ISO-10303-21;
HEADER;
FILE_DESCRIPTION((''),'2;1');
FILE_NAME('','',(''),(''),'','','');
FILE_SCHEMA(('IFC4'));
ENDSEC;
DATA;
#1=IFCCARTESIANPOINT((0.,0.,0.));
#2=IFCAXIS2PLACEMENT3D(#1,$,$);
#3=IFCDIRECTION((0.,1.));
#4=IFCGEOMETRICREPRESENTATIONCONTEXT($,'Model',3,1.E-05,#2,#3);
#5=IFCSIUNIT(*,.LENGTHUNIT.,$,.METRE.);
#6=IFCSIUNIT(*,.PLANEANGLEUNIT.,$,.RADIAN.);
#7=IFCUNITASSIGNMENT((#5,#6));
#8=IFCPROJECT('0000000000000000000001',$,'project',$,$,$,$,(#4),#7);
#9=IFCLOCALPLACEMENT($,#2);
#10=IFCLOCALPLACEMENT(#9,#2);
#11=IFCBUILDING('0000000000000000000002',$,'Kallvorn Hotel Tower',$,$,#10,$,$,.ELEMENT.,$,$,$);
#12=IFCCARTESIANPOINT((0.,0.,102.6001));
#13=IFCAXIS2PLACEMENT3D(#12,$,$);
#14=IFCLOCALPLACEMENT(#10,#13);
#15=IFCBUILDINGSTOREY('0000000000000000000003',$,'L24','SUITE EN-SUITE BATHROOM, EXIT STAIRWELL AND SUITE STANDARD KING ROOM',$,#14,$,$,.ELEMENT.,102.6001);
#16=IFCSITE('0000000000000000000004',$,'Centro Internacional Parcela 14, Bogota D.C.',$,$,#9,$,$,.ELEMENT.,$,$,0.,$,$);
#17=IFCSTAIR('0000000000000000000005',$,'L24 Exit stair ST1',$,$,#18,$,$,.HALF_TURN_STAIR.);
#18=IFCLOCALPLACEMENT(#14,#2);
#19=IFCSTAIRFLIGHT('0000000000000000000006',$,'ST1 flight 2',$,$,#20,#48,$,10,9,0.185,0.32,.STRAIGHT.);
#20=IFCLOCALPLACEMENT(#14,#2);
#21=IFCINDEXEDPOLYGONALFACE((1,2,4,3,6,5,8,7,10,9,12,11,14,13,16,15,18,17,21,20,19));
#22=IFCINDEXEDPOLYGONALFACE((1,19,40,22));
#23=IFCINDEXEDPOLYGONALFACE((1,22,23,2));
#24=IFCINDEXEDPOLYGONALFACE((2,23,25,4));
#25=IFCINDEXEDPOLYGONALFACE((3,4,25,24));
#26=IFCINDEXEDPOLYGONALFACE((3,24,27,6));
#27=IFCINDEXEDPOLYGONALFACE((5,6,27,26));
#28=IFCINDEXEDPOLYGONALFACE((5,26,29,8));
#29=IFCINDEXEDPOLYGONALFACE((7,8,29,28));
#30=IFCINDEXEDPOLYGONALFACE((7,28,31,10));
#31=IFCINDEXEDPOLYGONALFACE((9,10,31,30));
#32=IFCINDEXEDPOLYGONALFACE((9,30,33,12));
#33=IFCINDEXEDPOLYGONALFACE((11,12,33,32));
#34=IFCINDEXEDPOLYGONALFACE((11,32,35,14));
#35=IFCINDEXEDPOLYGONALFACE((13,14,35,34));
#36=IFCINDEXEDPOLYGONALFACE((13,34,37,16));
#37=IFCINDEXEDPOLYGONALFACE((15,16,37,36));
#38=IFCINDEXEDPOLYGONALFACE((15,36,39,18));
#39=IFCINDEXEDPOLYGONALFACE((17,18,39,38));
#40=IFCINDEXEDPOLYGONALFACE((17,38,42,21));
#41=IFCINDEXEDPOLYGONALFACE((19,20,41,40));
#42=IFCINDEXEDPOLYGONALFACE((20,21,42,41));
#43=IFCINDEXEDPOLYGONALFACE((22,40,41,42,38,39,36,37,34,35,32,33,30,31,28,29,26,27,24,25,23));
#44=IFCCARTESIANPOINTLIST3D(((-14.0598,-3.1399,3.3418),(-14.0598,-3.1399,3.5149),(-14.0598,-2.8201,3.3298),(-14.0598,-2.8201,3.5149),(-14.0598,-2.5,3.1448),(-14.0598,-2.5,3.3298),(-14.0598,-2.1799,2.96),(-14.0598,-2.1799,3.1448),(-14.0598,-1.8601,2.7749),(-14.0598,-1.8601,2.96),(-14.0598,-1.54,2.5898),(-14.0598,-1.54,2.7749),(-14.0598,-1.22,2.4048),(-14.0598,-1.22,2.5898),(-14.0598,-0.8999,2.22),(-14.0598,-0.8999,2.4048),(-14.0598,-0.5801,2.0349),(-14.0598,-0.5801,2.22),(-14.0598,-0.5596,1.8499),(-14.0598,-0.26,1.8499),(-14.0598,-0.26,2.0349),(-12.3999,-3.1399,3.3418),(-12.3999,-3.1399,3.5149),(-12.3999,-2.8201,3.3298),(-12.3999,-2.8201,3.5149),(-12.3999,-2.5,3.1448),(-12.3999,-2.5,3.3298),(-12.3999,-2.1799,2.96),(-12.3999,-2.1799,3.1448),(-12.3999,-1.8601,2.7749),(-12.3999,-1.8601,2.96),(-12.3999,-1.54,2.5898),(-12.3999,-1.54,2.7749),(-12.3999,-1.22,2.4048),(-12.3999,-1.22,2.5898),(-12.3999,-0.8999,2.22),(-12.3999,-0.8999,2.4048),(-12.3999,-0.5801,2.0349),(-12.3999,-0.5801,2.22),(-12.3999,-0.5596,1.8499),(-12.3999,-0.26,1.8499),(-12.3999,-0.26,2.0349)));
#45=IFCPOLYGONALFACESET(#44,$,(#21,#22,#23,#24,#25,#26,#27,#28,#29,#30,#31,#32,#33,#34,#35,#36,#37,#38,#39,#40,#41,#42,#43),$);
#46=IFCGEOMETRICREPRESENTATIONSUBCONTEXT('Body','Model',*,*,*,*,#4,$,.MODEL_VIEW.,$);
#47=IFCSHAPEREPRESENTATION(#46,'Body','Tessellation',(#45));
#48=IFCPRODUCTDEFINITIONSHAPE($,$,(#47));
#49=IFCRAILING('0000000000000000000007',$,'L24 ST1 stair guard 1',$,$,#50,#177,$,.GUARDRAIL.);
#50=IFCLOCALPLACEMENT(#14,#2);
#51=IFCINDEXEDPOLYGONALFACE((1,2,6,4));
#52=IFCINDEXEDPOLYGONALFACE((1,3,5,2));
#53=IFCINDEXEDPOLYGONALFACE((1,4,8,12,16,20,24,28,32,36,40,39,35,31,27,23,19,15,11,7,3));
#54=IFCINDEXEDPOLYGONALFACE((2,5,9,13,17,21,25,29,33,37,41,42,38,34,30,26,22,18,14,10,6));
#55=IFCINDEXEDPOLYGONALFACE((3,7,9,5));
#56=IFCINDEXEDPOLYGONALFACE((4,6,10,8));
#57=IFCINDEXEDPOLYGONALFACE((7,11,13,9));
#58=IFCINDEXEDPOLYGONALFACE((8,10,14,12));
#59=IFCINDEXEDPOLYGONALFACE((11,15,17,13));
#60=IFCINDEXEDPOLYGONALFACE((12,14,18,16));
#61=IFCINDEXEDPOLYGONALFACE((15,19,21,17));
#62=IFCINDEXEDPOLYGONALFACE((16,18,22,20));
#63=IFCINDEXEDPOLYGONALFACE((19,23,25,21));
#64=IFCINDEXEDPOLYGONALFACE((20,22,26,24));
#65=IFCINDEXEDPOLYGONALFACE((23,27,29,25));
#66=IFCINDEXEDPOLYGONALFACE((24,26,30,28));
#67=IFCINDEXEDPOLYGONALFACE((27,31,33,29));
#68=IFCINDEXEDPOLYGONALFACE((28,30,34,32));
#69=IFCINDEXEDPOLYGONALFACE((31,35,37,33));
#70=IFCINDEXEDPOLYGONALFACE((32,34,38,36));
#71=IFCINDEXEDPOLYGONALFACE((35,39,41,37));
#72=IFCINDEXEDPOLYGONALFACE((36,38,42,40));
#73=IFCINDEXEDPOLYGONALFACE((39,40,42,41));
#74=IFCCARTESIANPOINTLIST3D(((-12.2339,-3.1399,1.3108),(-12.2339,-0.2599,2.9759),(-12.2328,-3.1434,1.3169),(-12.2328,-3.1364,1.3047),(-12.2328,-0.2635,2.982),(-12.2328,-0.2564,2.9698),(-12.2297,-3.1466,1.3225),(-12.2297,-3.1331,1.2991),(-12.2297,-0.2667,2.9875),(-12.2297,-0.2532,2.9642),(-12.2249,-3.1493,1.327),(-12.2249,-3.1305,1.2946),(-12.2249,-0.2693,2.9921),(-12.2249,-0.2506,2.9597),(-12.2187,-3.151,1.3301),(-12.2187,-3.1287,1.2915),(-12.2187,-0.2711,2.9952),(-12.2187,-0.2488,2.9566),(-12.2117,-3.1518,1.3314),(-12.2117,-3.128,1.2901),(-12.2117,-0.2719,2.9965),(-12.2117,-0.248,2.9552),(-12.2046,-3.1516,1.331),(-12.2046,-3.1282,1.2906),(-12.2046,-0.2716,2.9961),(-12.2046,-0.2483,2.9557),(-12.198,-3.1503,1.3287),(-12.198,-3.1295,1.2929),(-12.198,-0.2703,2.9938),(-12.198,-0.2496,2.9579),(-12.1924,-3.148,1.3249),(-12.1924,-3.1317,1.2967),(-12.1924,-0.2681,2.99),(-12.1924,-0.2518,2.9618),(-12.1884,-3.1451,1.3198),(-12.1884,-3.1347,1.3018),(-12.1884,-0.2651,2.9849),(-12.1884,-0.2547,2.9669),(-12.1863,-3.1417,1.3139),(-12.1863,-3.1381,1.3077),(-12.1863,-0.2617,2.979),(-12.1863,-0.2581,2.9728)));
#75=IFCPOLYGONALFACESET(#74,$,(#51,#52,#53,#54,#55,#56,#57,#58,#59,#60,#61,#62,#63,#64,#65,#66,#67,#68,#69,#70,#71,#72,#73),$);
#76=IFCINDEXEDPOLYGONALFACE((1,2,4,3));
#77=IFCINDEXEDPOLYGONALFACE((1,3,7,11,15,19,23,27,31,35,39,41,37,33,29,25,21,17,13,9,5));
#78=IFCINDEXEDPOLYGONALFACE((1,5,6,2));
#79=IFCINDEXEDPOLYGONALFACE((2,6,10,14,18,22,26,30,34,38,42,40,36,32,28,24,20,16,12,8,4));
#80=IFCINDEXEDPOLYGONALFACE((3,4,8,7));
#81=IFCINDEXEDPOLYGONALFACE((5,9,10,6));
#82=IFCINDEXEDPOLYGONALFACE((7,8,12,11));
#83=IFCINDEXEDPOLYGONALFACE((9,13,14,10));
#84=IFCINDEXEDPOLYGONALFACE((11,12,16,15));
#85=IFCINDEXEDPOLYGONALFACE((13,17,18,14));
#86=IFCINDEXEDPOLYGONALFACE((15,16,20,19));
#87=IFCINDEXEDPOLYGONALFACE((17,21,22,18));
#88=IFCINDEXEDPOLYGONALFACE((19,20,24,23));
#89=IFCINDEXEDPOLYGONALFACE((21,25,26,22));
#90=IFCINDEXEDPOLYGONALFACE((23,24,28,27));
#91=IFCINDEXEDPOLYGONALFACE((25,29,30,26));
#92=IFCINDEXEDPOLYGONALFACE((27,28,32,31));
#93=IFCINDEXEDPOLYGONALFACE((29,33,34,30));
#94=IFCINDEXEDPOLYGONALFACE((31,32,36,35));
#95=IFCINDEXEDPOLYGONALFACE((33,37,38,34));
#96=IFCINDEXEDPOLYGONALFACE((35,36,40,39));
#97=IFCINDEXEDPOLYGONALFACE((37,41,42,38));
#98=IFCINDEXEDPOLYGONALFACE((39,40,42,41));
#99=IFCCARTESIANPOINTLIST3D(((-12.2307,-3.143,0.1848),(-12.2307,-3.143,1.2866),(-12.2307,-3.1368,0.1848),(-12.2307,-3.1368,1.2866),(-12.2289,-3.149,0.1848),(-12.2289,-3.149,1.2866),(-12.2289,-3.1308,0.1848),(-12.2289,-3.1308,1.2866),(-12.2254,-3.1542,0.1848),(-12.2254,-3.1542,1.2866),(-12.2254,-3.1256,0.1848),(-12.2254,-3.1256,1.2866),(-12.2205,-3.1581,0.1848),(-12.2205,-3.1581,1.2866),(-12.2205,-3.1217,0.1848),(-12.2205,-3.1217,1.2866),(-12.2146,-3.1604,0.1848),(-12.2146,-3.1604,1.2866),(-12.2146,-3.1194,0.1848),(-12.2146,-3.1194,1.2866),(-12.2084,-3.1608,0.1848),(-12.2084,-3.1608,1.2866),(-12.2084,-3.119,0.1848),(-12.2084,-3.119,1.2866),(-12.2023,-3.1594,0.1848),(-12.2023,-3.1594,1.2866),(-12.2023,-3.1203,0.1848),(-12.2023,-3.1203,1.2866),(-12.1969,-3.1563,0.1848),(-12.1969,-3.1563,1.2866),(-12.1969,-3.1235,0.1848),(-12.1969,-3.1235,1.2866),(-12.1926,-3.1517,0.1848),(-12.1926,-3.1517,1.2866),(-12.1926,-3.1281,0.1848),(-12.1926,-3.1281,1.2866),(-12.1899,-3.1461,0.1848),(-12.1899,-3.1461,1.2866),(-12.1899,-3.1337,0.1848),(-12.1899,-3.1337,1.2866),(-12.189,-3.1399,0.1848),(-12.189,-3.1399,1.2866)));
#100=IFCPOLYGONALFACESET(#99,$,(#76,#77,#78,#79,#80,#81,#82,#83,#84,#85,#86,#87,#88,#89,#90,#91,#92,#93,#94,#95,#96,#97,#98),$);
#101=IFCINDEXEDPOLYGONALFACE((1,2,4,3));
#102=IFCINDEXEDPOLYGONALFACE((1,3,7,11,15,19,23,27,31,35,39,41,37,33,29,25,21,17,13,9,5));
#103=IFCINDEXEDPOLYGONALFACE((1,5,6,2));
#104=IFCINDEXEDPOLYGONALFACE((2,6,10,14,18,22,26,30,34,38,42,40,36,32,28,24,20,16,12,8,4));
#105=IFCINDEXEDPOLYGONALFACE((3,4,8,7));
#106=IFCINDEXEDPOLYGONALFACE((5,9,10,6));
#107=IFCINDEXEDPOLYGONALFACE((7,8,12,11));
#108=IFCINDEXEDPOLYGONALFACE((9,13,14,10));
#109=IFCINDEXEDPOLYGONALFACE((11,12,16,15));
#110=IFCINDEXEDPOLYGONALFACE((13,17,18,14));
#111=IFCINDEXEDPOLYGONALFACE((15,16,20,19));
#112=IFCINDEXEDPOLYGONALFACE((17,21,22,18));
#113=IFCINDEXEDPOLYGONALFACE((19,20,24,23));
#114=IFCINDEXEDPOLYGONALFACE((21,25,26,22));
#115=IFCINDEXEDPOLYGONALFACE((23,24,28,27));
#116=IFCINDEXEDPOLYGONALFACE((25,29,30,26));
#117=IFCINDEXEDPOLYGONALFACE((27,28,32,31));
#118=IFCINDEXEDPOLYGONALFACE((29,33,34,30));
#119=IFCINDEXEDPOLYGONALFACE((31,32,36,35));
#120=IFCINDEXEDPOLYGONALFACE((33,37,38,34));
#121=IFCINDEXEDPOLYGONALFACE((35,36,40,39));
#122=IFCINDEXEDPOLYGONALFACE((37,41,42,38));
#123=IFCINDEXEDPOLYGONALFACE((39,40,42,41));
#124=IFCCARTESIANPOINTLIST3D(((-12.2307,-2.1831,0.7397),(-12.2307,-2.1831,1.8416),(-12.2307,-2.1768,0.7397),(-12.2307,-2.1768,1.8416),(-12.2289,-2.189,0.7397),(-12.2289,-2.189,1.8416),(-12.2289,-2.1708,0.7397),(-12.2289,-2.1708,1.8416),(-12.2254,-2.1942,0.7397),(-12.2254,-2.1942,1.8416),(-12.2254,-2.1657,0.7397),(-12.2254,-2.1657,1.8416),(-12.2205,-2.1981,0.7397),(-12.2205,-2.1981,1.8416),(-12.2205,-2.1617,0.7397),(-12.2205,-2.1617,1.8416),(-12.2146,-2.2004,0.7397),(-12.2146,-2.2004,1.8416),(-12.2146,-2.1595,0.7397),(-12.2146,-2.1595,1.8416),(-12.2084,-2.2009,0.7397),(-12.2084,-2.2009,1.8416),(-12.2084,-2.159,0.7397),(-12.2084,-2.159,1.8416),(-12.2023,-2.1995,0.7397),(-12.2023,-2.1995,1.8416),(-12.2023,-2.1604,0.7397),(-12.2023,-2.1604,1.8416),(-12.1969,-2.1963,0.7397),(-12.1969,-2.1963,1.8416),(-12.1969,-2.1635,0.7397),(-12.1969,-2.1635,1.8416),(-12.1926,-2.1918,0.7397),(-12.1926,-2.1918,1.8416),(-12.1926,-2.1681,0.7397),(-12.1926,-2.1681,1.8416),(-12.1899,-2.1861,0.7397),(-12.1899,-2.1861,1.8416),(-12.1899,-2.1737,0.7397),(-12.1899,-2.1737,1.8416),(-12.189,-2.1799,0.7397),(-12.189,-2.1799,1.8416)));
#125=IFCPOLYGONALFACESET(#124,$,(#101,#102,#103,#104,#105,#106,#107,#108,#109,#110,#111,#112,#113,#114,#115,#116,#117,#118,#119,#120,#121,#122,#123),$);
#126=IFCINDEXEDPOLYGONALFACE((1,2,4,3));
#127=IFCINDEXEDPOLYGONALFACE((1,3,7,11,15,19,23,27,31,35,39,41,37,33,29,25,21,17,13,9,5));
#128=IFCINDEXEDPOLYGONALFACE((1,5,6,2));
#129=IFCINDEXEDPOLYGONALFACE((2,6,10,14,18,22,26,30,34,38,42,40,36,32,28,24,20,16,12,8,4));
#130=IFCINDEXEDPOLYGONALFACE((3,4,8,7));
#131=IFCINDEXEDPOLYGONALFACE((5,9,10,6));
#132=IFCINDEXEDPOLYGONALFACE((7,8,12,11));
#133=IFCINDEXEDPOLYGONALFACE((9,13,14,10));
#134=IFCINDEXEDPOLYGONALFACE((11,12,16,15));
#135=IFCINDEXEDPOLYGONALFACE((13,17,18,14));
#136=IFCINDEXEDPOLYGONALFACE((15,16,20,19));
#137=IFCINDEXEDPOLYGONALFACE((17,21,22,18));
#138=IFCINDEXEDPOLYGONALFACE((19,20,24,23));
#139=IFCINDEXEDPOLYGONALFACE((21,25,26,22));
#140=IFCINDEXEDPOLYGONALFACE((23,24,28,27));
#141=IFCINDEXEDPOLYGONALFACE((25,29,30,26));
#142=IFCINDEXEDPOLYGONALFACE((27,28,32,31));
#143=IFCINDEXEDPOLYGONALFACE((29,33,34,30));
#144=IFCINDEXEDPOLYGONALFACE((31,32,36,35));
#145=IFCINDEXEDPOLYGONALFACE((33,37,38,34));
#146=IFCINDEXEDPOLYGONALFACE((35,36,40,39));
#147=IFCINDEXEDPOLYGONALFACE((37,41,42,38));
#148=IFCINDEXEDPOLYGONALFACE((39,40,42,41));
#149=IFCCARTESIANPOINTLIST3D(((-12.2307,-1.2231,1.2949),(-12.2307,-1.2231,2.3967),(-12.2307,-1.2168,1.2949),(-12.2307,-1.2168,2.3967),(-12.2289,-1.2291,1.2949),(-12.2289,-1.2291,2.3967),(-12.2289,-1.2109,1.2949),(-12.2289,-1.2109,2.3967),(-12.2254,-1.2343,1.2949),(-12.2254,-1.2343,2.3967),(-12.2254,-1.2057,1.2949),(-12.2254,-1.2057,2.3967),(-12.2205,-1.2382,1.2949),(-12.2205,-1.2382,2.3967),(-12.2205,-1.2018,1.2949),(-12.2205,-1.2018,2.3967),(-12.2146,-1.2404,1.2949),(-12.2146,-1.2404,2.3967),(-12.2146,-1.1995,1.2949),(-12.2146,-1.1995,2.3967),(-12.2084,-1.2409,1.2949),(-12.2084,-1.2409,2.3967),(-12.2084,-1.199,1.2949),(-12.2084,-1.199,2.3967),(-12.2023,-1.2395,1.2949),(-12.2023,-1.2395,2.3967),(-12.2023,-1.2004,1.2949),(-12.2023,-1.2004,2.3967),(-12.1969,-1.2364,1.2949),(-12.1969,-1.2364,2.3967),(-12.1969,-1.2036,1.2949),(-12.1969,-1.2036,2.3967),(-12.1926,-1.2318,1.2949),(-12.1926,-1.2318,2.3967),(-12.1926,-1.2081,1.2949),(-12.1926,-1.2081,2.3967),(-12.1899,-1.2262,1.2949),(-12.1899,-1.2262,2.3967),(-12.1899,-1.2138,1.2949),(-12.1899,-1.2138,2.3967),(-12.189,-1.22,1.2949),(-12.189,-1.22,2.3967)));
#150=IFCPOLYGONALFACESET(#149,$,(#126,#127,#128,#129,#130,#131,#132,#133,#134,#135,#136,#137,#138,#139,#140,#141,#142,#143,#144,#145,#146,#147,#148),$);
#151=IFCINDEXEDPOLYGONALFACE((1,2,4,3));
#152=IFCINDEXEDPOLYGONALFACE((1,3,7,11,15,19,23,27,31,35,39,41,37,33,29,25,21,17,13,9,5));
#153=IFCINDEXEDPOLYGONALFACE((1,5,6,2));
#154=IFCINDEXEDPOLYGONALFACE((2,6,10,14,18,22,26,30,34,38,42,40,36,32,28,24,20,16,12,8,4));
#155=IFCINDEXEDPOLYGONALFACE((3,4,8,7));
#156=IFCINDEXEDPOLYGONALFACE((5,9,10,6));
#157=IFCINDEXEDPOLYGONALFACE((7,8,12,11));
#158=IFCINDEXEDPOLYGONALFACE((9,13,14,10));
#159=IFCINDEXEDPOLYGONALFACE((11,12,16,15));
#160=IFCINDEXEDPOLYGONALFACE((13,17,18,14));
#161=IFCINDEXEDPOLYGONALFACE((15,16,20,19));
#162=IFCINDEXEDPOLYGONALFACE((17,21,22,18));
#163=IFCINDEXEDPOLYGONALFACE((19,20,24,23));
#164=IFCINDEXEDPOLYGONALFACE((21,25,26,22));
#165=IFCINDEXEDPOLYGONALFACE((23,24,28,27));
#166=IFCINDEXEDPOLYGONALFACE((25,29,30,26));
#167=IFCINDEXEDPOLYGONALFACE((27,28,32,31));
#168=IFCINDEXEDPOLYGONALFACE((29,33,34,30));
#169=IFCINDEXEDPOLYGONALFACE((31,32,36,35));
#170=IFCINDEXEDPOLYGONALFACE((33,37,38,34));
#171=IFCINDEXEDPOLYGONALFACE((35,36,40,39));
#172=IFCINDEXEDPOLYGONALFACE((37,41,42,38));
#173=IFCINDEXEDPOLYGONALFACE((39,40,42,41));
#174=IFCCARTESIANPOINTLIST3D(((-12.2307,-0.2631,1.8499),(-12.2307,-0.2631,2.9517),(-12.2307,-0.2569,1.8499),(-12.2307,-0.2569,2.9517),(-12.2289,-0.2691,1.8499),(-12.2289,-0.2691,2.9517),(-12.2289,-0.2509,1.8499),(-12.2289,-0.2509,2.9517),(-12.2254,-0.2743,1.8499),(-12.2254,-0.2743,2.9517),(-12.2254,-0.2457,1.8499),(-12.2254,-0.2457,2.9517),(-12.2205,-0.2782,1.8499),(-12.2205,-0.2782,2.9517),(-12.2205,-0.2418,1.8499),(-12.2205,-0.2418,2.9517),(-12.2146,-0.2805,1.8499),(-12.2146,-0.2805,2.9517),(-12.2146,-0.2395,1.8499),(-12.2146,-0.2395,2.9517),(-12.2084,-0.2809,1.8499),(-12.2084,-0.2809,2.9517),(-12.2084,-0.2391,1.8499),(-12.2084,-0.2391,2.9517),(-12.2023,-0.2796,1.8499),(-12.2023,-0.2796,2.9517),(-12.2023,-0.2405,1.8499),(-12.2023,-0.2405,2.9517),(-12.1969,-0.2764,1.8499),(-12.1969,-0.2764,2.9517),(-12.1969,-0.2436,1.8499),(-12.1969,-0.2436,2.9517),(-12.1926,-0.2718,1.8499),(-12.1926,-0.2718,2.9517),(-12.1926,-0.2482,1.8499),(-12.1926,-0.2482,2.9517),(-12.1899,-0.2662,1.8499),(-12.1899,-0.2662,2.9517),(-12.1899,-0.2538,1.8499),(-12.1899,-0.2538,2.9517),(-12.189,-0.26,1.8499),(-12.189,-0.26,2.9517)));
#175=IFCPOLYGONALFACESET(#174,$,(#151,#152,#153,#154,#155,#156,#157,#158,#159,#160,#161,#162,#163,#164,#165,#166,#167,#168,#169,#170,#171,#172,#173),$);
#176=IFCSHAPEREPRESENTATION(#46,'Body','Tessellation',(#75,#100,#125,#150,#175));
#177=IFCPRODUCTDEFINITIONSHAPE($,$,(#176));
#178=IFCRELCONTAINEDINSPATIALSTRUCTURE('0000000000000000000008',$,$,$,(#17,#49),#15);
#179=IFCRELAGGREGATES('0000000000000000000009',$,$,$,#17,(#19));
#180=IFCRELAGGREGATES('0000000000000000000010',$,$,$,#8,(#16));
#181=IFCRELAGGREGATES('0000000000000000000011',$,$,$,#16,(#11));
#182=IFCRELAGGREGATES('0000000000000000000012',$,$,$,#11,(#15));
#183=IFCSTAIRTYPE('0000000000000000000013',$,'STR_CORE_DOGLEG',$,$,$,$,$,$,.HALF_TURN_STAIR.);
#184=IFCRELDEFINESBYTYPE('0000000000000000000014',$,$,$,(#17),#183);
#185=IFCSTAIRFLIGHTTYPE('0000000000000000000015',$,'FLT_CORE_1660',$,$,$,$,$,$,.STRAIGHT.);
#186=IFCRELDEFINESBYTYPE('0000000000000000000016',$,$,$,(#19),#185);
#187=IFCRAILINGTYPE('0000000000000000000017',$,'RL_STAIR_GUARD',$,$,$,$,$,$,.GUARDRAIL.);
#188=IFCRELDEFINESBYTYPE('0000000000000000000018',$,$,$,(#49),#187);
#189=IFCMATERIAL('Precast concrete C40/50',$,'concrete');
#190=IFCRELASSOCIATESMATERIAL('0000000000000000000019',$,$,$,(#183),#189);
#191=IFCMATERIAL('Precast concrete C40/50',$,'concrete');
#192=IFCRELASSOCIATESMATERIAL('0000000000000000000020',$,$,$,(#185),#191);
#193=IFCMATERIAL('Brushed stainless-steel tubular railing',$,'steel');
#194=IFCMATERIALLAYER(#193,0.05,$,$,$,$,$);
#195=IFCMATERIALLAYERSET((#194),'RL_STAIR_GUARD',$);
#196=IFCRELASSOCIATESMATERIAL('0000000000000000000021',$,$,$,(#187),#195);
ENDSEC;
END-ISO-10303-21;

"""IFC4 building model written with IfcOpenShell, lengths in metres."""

from ifc_helpers import new_model, si_unit, direction, frame, origin, origin_2d, place, context, subcontext, project, spatial, polyline, circle, outline, extrude, material, layer, layer_set, type_object, element, aggregate, save


model = new_model("IFC4")

# Units and contexts
model_context = context("Model", 3, precision=1e-05, world=origin(), true_north=direction((0.0, 1.0)))
body_context = subcontext(model_context, "Body", "Model", "MODEL_VIEW")
ifc_project = project(units=[si_unit("LENGTHUNIT", "METRE"), si_unit("PLANEANGLEUNIT", "RADIAN")], contexts=[model_context])

# Site, building, storey
site_placement = place(None, origin())
site = spatial("IfcSite", under=ifc_project, at=site_placement, Name="Centro Internacional Parcela 14, Bogota D.C.", CompositionType="ELEMENT", RefElevation=0.0)
building_placement = place(site_placement, origin())
building = spatial("IfcBuilding", under=site, at=building_placement, Name="Kallvorn Hotel Tower", CompositionType="ELEMENT")
storey_placement = place(building_placement, frame((0.0, 0.0, 102.6001)))
storey = spatial("IfcBuildingStorey", under=building, at=storey_placement, Name="L24", Description="SUITE EN-SUITE BATHROOM, EXIT STAIRWELL AND SUITE STANDARD KING ROOM", CompositionType="ELEMENT", Elevation=102.6001)

# Stair, stair flight
ifc_material_1 = material(Name="Precast concrete C40/50", Category="concrete")
stair_type = type_object("IfcStairType", Name="STR_CORE_DOGLEG", PredefinedType="HALF_TURN_STAIR", material=ifc_material_1)
stair_placement = place(storey_placement, origin())
stair = element("IfcStair", 1, at=stair_placement, inside=storey, type_object=stair_type, Name="L24 Exit stair ST1", PredefinedType="HALF_TURN_STAIR")
ifc_material_2 = material(Name="Precast concrete C40/50", Category="concrete")
stair_flight_type = type_object("IfcStairFlightType", Name="FLT_CORE_1660", PredefinedType="STRAIGHT", material=ifc_material_2)
stair_flight_1_placement = place(storey_placement, frame((-13.23, -0.26, 1.8499), z_axis=(0.0, 0.0, 1.0), x_axis=(0.0, -1.0, 0.0)))
stair_flight_1 = element("IfcStairFlight", 2, at=stair_flight_1_placement, type_object=stair_flight_type, Name="ST1 flight 2", NumberOfRisers=10, NumberOfTreads=9, PredefinedType="STRAIGHT", RiserHeight=0.185, TreadLength=0.32, context=body_context, shape_type="SweptSolid", body=[
    extrude(outline(polyline([(0.0, 0.0), (0.0, 0.1851), (0.3201, 0.1851), (0.3201, 0.3701), (0.6399, 0.3701), (0.6399, 0.5549), (0.96, 0.5549), (0.96, 0.74), (1.28, 0.74), (1.28, 0.925), (1.6001, 0.925), (1.6001, 1.1101), (1.9199, 1.1101), (1.9199, 1.2949), (2.24, 1.2949), (2.24, 1.48), (2.5601, 1.48), (2.5601, 1.665), (2.8799, 1.665), (2.8799, 1.8501), (2.8799, 1.4919), (0.2996, 0.0), (0.0, 0.0)])), frame((0.0, 0.8301, 0.0), z_axis=(0.0, -1.0, 0.0), x_axis=(1.0, 0.0, 0.0)), (0.0, 0.0, 1.0), 1.6599),
])
aggregate(stair, [stair_flight_1])

# Railing
ifc_material_3 = material(Name="Brushed stainless-steel tubular railing", Category="steel")
ifc_layer_1 = layer(ifc_material_3, 0.05)
ifc_layer_set_1 = layer_set([ifc_layer_1], Name="RL_STAIR_GUARD")
railing_type_1 = type_object("IfcRailingType", Name="RL_STAIR_GUARD", PredefinedType="GUARDRAIL", material=ifc_layer_set_1)
railing_1_placement = place(storey_placement, frame((-12.21, -3.1399, 0.1848)))
element("IfcRailing", 3, at=railing_1_placement, inside=storey, type_object=railing_type_1, Name="L24 ST1 stair guard 1", PredefinedType="GUARDRAIL", context=body_context, shape_type="SweptSolid", body=[
    extrude(circle(Radius=0.0239, at=origin_2d()), frame((0.0, 0.0, 1.126), z_axis=(0.0, 0.865721, 0.500527), x_axis=(-1.0, 0.0, 0.0)), (0.0, 0.0, 1.0), 3.3267),
    extrude(circle(Radius=0.021, at=origin_2d()), origin(), (0.0, 0.0, 1.0), 1.1018),
    extrude(circle(Radius=0.021, at=origin_2d()), frame((0.0, 0.96, 0.5549)), (0.0, 0.0, 1.0), 1.1018),
    extrude(circle(Radius=0.021, at=origin_2d()), frame((0.0, 1.9199, 1.1101)), (0.0, 0.0, 1.0), 1.1018),
    extrude(circle(Radius=0.021, at=origin_2d()), frame((0.0, 2.8799, 1.665)), (0.0, 0.0, 1.0), 1.1018),
])

save(model, "model.ifc")
